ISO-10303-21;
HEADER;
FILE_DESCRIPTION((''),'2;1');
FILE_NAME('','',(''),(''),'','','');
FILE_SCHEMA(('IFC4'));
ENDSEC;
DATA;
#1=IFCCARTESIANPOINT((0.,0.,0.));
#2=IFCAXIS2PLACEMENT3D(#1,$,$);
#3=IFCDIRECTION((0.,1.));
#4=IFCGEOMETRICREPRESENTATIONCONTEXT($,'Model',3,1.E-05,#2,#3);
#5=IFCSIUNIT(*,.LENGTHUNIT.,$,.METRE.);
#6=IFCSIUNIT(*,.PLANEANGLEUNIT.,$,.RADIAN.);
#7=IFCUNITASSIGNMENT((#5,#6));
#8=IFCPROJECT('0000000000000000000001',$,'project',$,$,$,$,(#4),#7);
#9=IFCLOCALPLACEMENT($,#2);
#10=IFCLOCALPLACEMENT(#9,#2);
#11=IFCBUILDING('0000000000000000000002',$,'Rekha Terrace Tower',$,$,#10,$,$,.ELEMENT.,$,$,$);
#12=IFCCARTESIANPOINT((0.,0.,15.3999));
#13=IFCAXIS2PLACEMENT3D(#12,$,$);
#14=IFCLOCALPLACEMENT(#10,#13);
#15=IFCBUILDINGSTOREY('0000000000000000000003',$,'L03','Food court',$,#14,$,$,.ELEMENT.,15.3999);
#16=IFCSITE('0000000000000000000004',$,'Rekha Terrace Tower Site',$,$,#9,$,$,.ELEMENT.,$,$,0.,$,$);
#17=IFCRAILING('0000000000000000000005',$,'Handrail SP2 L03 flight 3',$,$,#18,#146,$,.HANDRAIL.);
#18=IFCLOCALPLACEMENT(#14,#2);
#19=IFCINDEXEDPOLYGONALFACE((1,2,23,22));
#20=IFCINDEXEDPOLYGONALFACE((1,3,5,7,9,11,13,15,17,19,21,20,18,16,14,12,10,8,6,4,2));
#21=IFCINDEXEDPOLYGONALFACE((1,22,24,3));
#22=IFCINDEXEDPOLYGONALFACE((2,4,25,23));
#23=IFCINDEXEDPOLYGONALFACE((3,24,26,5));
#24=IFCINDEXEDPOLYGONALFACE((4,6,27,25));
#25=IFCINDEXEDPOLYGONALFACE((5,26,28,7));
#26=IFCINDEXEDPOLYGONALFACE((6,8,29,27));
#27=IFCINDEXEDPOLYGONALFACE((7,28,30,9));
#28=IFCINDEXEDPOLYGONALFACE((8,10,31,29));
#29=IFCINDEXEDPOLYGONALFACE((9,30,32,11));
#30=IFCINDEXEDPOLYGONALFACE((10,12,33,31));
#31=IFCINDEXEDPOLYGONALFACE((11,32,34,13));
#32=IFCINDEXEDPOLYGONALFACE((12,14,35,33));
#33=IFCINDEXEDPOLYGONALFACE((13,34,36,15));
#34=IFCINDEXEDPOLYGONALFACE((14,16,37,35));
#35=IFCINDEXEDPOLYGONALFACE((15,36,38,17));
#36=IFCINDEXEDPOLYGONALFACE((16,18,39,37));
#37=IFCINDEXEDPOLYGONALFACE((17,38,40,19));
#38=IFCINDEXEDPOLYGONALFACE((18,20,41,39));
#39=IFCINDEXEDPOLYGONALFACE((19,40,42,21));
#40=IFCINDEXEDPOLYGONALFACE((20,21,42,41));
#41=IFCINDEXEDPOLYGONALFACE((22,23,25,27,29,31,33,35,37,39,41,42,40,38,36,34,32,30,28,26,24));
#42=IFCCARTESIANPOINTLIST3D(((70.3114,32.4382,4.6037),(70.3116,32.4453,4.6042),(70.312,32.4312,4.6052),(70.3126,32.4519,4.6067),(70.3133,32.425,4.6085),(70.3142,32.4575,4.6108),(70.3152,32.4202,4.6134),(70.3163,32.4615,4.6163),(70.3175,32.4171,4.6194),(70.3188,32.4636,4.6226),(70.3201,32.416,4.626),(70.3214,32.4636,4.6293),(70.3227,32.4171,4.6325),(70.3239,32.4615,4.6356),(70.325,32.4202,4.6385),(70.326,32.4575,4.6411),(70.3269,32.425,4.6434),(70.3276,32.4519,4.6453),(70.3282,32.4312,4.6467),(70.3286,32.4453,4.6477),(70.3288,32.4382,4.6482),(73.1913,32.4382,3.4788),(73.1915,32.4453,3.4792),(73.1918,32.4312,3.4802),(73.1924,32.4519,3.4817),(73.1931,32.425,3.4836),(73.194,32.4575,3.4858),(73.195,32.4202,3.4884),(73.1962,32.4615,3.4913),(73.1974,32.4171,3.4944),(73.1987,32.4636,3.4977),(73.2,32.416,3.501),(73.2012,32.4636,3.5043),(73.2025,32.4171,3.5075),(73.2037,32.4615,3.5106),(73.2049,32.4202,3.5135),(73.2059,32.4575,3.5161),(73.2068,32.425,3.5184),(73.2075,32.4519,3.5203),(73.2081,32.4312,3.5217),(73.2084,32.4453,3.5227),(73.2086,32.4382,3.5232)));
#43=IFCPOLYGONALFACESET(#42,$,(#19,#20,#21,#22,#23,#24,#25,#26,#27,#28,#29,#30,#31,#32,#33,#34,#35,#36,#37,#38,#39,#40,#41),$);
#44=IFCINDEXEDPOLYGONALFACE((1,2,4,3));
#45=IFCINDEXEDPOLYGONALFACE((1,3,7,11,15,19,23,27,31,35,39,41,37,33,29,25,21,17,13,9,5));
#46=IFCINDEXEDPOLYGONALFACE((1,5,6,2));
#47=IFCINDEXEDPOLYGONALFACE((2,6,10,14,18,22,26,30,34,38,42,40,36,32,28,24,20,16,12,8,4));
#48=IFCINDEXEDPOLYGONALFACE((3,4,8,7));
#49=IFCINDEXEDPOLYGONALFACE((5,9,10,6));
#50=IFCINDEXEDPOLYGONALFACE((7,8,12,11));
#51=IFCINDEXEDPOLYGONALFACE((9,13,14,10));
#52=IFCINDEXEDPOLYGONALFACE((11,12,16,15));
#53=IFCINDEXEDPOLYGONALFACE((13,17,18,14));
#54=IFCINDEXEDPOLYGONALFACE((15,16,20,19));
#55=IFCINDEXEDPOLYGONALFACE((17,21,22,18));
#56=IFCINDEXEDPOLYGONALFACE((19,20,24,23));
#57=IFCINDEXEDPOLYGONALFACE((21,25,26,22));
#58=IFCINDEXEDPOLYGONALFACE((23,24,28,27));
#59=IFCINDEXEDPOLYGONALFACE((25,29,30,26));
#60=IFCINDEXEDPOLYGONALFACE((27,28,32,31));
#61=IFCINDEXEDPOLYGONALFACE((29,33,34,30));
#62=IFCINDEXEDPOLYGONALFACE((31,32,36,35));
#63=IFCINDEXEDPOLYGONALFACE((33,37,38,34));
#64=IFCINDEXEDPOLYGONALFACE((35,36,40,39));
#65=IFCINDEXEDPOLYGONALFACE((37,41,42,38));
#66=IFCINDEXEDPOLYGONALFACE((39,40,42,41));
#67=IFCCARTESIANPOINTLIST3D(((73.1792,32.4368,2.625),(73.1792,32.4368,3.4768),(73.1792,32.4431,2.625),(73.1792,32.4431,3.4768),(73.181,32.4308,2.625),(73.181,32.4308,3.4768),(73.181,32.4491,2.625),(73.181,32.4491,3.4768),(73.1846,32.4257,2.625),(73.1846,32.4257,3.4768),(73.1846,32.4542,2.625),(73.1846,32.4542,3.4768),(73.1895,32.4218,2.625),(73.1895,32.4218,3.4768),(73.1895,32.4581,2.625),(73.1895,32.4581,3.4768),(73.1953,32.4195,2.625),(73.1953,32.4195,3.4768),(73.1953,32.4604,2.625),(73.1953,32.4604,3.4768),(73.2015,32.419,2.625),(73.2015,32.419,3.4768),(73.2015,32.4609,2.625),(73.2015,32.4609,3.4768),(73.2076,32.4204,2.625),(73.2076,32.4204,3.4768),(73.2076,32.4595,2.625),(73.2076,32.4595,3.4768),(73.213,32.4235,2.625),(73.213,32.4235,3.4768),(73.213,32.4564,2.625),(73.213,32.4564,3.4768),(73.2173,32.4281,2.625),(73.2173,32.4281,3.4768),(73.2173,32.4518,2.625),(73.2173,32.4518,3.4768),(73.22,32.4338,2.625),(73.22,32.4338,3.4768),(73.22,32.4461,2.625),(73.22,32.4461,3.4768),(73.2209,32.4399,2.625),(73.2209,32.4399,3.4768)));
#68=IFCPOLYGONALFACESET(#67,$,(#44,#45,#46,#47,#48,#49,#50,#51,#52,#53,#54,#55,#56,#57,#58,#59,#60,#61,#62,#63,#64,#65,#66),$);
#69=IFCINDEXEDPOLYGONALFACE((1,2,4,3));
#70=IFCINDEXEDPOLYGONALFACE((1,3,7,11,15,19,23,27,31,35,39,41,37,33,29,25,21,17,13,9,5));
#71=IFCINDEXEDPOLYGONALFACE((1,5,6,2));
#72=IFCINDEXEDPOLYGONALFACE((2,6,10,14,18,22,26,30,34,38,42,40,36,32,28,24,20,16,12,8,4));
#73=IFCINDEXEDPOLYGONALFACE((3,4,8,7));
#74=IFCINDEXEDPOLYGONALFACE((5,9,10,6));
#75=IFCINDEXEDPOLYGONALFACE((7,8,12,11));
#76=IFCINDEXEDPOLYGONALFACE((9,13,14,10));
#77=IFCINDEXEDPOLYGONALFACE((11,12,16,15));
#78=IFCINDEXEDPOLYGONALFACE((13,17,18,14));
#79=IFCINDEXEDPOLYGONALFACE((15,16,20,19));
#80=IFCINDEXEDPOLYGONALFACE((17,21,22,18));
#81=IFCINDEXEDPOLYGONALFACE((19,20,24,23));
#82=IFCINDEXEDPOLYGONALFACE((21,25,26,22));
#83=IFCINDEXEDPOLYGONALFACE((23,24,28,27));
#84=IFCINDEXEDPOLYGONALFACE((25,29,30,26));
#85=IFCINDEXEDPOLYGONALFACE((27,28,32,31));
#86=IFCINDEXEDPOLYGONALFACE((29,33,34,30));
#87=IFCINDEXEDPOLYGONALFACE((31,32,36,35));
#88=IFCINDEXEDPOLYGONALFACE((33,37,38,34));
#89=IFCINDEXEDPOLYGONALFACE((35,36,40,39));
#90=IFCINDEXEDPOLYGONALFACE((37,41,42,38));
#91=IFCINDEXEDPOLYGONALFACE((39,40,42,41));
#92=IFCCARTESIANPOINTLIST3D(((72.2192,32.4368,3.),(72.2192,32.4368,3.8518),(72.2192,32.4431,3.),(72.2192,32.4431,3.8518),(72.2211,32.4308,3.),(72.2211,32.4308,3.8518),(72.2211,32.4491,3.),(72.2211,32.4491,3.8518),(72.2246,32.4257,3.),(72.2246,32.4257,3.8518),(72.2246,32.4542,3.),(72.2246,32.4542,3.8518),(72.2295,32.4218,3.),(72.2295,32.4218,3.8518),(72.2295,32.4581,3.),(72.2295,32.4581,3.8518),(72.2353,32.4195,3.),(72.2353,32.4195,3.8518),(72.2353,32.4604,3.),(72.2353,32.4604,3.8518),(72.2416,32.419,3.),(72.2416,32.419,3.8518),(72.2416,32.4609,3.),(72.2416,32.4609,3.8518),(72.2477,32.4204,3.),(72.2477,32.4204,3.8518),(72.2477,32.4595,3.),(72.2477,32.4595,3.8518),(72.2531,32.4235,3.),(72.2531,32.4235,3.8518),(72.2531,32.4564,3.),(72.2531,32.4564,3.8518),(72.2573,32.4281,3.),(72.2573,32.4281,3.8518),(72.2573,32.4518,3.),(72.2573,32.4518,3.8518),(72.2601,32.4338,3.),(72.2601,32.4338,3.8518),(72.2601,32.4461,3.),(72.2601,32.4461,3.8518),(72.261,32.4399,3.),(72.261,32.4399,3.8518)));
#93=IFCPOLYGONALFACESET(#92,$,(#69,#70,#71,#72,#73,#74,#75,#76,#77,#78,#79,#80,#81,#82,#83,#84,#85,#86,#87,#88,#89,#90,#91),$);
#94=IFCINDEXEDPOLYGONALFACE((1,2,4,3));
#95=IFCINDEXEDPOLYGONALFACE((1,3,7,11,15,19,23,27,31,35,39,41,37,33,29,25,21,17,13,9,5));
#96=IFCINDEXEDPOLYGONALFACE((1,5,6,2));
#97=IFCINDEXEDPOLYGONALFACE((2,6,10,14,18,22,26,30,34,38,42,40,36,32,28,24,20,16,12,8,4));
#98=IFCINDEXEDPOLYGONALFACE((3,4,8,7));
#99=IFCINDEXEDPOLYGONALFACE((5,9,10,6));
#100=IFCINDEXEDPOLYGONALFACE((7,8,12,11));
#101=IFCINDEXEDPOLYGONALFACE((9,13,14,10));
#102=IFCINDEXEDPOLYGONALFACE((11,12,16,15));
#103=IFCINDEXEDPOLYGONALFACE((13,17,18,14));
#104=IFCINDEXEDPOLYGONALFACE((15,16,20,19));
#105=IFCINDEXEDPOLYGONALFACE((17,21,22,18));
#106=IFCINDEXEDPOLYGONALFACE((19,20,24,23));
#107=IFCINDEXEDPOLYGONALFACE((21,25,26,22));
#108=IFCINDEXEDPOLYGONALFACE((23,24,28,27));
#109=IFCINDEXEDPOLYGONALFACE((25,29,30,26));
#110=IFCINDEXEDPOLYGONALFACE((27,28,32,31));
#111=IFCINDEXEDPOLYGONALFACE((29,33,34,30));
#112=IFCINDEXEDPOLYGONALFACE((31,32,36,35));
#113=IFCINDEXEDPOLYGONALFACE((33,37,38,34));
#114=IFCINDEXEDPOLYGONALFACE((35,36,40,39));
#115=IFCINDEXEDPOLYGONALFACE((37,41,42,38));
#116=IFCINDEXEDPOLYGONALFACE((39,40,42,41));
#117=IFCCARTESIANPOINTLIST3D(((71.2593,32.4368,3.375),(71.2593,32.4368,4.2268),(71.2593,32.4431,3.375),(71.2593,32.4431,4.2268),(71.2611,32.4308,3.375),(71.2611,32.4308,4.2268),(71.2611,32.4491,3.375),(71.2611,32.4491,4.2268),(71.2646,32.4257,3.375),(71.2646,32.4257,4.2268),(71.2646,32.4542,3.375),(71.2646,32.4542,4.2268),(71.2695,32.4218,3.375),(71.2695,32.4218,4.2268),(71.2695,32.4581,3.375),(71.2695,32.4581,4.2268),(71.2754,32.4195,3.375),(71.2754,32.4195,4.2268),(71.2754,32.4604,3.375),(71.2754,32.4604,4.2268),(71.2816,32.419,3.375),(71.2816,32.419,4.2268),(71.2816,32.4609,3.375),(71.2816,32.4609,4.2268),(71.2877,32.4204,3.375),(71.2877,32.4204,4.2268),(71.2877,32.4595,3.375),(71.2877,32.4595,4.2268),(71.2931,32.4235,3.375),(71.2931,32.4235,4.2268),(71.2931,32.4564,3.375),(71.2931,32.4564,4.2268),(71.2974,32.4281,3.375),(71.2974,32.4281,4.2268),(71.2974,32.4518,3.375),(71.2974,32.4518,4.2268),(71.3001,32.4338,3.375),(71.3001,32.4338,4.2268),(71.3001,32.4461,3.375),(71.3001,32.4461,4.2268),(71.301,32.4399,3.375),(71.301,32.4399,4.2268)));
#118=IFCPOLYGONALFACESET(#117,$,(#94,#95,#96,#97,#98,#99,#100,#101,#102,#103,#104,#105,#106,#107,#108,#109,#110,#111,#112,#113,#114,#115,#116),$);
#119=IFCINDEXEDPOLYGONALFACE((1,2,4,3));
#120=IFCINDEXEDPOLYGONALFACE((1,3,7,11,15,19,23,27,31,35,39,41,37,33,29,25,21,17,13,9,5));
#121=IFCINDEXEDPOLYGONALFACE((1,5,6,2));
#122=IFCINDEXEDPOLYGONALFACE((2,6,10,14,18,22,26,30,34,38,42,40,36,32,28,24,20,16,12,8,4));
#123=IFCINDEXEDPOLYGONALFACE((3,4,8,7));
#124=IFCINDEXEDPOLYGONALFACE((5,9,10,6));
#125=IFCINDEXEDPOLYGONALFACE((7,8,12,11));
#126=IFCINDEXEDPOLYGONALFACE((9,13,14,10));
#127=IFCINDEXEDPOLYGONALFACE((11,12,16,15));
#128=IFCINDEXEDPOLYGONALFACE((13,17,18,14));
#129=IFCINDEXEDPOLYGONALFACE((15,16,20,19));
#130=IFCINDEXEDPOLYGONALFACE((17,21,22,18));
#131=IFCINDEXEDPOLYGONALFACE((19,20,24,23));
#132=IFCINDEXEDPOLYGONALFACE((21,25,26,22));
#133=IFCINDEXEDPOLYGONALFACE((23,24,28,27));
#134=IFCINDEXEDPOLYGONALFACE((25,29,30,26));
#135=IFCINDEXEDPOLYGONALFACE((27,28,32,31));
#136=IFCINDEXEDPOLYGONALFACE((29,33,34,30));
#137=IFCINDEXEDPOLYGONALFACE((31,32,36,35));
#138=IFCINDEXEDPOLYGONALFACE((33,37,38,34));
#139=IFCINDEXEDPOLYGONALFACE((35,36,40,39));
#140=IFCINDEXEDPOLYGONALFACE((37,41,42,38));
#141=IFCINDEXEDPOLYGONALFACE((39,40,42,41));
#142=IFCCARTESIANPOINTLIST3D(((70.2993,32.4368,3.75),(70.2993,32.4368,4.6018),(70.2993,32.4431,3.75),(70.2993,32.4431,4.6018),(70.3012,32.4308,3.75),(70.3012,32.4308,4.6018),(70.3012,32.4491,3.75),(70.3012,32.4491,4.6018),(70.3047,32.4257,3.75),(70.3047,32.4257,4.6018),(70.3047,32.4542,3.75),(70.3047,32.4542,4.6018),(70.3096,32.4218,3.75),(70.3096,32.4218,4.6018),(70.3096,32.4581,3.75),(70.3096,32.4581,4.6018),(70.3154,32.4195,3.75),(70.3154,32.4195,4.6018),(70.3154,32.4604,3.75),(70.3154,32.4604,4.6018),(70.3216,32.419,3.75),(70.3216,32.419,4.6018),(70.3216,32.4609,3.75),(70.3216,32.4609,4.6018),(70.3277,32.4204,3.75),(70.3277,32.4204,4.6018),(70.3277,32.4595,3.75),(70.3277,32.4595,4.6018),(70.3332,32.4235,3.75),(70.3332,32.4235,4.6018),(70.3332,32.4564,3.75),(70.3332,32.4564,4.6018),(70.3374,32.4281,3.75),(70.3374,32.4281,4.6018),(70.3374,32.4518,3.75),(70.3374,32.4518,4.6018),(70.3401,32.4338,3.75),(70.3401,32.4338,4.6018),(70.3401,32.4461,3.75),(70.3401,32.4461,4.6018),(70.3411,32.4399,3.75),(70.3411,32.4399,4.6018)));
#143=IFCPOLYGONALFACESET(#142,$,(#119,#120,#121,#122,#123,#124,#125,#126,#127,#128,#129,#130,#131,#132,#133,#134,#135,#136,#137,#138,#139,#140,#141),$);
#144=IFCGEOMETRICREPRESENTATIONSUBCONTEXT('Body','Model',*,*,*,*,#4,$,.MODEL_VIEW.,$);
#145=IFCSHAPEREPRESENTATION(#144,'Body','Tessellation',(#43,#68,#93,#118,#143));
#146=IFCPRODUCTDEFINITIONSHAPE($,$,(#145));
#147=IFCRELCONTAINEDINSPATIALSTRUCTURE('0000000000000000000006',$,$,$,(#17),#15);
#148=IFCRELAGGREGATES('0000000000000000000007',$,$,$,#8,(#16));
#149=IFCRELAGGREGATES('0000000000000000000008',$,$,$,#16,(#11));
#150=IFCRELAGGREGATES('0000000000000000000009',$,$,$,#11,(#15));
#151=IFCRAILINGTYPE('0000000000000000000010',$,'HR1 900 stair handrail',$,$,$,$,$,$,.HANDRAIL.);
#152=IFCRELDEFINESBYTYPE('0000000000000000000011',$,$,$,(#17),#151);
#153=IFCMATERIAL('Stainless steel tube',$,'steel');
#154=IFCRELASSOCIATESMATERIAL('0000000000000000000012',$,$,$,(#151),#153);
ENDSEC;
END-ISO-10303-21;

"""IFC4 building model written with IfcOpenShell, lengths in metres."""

from ifc_helpers import new_model, si_unit, direction, frame, origin, origin_2d, place, context, subcontext, project, spatial, circle, extrude, material, type_object, element, save


model = new_model("IFC4")

# Units and contexts
model_context = context("Model", 3, precision=1e-05, world=origin(), true_north=direction((0.0, 1.0)))
body_context = subcontext(model_context, "Body", "Model", "MODEL_VIEW")
ifc_project = project(units=[si_unit("LENGTHUNIT", "METRE"), si_unit("PLANEANGLEUNIT", "RADIAN")], contexts=[model_context])

# Site, building, storey
site_placement = place(None, origin())
site = spatial("IfcSite", under=ifc_project, at=site_placement, Name="Rekha Terrace Tower Site", CompositionType="ELEMENT", RefElevation=0.0)
building_placement = place(site_placement, origin())
building = spatial("IfcBuilding", under=site, at=building_placement, Name="Rekha Terrace Tower", CompositionType="ELEMENT")
storey_placement = place(building_placement, frame((0.0, 0.0, 15.3999)))
storey = spatial("IfcBuildingStorey", under=building, at=storey_placement, Name="L03", Description="Food court", CompositionType="ELEMENT", Elevation=15.3999)

# Railing
ifc_material_1 = material(Name="Stainless steel tube", Category="steel")
railing_type_1 = type_object("IfcRailingType", Name="HR1 900 stair handrail", PredefinedType="HANDRAIL", material=ifc_material_1)
railing_1_placement = place(storey_placement, frame((73.2, 32.4399, 2.625)))
element("IfcRailing", 1, at=railing_1_placement, inside=storey, type_object=railing_type_1, Name="Handrail SP2 L03 flight 3", PredefinedType="HANDRAIL", context=body_context, shape_type="SweptSolid", body=[
    extrude(circle(Radius=0.0239, at=origin_2d()), frame((0.0, 0.0, 0.876), z_axis=(-0.931452, 0.0, 0.363863), x_axis=(0.0, -1.0, 0.0)), (0.0, 0.0, 1.0), 3.0918),
    extrude(circle(Radius=0.021, at=origin_2d()), origin(), (0.0, 0.0, 1.0), 0.8518),
    extrude(circle(Radius=0.021, at=origin_2d()), frame((-0.96, 0.0, 0.375)), (0.0, 0.0, 1.0), 0.8518),
    extrude(circle(Radius=0.021, at=origin_2d()), frame((-1.9199, 0.0, 0.75)), (0.0, 0.0, 1.0), 0.8518),
    extrude(circle(Radius=0.021, at=origin_2d()), frame((-2.8799, 0.0, 1.125)), (0.0, 0.0, 1.0), 0.8518),
])

save(model, "model.ifc")
